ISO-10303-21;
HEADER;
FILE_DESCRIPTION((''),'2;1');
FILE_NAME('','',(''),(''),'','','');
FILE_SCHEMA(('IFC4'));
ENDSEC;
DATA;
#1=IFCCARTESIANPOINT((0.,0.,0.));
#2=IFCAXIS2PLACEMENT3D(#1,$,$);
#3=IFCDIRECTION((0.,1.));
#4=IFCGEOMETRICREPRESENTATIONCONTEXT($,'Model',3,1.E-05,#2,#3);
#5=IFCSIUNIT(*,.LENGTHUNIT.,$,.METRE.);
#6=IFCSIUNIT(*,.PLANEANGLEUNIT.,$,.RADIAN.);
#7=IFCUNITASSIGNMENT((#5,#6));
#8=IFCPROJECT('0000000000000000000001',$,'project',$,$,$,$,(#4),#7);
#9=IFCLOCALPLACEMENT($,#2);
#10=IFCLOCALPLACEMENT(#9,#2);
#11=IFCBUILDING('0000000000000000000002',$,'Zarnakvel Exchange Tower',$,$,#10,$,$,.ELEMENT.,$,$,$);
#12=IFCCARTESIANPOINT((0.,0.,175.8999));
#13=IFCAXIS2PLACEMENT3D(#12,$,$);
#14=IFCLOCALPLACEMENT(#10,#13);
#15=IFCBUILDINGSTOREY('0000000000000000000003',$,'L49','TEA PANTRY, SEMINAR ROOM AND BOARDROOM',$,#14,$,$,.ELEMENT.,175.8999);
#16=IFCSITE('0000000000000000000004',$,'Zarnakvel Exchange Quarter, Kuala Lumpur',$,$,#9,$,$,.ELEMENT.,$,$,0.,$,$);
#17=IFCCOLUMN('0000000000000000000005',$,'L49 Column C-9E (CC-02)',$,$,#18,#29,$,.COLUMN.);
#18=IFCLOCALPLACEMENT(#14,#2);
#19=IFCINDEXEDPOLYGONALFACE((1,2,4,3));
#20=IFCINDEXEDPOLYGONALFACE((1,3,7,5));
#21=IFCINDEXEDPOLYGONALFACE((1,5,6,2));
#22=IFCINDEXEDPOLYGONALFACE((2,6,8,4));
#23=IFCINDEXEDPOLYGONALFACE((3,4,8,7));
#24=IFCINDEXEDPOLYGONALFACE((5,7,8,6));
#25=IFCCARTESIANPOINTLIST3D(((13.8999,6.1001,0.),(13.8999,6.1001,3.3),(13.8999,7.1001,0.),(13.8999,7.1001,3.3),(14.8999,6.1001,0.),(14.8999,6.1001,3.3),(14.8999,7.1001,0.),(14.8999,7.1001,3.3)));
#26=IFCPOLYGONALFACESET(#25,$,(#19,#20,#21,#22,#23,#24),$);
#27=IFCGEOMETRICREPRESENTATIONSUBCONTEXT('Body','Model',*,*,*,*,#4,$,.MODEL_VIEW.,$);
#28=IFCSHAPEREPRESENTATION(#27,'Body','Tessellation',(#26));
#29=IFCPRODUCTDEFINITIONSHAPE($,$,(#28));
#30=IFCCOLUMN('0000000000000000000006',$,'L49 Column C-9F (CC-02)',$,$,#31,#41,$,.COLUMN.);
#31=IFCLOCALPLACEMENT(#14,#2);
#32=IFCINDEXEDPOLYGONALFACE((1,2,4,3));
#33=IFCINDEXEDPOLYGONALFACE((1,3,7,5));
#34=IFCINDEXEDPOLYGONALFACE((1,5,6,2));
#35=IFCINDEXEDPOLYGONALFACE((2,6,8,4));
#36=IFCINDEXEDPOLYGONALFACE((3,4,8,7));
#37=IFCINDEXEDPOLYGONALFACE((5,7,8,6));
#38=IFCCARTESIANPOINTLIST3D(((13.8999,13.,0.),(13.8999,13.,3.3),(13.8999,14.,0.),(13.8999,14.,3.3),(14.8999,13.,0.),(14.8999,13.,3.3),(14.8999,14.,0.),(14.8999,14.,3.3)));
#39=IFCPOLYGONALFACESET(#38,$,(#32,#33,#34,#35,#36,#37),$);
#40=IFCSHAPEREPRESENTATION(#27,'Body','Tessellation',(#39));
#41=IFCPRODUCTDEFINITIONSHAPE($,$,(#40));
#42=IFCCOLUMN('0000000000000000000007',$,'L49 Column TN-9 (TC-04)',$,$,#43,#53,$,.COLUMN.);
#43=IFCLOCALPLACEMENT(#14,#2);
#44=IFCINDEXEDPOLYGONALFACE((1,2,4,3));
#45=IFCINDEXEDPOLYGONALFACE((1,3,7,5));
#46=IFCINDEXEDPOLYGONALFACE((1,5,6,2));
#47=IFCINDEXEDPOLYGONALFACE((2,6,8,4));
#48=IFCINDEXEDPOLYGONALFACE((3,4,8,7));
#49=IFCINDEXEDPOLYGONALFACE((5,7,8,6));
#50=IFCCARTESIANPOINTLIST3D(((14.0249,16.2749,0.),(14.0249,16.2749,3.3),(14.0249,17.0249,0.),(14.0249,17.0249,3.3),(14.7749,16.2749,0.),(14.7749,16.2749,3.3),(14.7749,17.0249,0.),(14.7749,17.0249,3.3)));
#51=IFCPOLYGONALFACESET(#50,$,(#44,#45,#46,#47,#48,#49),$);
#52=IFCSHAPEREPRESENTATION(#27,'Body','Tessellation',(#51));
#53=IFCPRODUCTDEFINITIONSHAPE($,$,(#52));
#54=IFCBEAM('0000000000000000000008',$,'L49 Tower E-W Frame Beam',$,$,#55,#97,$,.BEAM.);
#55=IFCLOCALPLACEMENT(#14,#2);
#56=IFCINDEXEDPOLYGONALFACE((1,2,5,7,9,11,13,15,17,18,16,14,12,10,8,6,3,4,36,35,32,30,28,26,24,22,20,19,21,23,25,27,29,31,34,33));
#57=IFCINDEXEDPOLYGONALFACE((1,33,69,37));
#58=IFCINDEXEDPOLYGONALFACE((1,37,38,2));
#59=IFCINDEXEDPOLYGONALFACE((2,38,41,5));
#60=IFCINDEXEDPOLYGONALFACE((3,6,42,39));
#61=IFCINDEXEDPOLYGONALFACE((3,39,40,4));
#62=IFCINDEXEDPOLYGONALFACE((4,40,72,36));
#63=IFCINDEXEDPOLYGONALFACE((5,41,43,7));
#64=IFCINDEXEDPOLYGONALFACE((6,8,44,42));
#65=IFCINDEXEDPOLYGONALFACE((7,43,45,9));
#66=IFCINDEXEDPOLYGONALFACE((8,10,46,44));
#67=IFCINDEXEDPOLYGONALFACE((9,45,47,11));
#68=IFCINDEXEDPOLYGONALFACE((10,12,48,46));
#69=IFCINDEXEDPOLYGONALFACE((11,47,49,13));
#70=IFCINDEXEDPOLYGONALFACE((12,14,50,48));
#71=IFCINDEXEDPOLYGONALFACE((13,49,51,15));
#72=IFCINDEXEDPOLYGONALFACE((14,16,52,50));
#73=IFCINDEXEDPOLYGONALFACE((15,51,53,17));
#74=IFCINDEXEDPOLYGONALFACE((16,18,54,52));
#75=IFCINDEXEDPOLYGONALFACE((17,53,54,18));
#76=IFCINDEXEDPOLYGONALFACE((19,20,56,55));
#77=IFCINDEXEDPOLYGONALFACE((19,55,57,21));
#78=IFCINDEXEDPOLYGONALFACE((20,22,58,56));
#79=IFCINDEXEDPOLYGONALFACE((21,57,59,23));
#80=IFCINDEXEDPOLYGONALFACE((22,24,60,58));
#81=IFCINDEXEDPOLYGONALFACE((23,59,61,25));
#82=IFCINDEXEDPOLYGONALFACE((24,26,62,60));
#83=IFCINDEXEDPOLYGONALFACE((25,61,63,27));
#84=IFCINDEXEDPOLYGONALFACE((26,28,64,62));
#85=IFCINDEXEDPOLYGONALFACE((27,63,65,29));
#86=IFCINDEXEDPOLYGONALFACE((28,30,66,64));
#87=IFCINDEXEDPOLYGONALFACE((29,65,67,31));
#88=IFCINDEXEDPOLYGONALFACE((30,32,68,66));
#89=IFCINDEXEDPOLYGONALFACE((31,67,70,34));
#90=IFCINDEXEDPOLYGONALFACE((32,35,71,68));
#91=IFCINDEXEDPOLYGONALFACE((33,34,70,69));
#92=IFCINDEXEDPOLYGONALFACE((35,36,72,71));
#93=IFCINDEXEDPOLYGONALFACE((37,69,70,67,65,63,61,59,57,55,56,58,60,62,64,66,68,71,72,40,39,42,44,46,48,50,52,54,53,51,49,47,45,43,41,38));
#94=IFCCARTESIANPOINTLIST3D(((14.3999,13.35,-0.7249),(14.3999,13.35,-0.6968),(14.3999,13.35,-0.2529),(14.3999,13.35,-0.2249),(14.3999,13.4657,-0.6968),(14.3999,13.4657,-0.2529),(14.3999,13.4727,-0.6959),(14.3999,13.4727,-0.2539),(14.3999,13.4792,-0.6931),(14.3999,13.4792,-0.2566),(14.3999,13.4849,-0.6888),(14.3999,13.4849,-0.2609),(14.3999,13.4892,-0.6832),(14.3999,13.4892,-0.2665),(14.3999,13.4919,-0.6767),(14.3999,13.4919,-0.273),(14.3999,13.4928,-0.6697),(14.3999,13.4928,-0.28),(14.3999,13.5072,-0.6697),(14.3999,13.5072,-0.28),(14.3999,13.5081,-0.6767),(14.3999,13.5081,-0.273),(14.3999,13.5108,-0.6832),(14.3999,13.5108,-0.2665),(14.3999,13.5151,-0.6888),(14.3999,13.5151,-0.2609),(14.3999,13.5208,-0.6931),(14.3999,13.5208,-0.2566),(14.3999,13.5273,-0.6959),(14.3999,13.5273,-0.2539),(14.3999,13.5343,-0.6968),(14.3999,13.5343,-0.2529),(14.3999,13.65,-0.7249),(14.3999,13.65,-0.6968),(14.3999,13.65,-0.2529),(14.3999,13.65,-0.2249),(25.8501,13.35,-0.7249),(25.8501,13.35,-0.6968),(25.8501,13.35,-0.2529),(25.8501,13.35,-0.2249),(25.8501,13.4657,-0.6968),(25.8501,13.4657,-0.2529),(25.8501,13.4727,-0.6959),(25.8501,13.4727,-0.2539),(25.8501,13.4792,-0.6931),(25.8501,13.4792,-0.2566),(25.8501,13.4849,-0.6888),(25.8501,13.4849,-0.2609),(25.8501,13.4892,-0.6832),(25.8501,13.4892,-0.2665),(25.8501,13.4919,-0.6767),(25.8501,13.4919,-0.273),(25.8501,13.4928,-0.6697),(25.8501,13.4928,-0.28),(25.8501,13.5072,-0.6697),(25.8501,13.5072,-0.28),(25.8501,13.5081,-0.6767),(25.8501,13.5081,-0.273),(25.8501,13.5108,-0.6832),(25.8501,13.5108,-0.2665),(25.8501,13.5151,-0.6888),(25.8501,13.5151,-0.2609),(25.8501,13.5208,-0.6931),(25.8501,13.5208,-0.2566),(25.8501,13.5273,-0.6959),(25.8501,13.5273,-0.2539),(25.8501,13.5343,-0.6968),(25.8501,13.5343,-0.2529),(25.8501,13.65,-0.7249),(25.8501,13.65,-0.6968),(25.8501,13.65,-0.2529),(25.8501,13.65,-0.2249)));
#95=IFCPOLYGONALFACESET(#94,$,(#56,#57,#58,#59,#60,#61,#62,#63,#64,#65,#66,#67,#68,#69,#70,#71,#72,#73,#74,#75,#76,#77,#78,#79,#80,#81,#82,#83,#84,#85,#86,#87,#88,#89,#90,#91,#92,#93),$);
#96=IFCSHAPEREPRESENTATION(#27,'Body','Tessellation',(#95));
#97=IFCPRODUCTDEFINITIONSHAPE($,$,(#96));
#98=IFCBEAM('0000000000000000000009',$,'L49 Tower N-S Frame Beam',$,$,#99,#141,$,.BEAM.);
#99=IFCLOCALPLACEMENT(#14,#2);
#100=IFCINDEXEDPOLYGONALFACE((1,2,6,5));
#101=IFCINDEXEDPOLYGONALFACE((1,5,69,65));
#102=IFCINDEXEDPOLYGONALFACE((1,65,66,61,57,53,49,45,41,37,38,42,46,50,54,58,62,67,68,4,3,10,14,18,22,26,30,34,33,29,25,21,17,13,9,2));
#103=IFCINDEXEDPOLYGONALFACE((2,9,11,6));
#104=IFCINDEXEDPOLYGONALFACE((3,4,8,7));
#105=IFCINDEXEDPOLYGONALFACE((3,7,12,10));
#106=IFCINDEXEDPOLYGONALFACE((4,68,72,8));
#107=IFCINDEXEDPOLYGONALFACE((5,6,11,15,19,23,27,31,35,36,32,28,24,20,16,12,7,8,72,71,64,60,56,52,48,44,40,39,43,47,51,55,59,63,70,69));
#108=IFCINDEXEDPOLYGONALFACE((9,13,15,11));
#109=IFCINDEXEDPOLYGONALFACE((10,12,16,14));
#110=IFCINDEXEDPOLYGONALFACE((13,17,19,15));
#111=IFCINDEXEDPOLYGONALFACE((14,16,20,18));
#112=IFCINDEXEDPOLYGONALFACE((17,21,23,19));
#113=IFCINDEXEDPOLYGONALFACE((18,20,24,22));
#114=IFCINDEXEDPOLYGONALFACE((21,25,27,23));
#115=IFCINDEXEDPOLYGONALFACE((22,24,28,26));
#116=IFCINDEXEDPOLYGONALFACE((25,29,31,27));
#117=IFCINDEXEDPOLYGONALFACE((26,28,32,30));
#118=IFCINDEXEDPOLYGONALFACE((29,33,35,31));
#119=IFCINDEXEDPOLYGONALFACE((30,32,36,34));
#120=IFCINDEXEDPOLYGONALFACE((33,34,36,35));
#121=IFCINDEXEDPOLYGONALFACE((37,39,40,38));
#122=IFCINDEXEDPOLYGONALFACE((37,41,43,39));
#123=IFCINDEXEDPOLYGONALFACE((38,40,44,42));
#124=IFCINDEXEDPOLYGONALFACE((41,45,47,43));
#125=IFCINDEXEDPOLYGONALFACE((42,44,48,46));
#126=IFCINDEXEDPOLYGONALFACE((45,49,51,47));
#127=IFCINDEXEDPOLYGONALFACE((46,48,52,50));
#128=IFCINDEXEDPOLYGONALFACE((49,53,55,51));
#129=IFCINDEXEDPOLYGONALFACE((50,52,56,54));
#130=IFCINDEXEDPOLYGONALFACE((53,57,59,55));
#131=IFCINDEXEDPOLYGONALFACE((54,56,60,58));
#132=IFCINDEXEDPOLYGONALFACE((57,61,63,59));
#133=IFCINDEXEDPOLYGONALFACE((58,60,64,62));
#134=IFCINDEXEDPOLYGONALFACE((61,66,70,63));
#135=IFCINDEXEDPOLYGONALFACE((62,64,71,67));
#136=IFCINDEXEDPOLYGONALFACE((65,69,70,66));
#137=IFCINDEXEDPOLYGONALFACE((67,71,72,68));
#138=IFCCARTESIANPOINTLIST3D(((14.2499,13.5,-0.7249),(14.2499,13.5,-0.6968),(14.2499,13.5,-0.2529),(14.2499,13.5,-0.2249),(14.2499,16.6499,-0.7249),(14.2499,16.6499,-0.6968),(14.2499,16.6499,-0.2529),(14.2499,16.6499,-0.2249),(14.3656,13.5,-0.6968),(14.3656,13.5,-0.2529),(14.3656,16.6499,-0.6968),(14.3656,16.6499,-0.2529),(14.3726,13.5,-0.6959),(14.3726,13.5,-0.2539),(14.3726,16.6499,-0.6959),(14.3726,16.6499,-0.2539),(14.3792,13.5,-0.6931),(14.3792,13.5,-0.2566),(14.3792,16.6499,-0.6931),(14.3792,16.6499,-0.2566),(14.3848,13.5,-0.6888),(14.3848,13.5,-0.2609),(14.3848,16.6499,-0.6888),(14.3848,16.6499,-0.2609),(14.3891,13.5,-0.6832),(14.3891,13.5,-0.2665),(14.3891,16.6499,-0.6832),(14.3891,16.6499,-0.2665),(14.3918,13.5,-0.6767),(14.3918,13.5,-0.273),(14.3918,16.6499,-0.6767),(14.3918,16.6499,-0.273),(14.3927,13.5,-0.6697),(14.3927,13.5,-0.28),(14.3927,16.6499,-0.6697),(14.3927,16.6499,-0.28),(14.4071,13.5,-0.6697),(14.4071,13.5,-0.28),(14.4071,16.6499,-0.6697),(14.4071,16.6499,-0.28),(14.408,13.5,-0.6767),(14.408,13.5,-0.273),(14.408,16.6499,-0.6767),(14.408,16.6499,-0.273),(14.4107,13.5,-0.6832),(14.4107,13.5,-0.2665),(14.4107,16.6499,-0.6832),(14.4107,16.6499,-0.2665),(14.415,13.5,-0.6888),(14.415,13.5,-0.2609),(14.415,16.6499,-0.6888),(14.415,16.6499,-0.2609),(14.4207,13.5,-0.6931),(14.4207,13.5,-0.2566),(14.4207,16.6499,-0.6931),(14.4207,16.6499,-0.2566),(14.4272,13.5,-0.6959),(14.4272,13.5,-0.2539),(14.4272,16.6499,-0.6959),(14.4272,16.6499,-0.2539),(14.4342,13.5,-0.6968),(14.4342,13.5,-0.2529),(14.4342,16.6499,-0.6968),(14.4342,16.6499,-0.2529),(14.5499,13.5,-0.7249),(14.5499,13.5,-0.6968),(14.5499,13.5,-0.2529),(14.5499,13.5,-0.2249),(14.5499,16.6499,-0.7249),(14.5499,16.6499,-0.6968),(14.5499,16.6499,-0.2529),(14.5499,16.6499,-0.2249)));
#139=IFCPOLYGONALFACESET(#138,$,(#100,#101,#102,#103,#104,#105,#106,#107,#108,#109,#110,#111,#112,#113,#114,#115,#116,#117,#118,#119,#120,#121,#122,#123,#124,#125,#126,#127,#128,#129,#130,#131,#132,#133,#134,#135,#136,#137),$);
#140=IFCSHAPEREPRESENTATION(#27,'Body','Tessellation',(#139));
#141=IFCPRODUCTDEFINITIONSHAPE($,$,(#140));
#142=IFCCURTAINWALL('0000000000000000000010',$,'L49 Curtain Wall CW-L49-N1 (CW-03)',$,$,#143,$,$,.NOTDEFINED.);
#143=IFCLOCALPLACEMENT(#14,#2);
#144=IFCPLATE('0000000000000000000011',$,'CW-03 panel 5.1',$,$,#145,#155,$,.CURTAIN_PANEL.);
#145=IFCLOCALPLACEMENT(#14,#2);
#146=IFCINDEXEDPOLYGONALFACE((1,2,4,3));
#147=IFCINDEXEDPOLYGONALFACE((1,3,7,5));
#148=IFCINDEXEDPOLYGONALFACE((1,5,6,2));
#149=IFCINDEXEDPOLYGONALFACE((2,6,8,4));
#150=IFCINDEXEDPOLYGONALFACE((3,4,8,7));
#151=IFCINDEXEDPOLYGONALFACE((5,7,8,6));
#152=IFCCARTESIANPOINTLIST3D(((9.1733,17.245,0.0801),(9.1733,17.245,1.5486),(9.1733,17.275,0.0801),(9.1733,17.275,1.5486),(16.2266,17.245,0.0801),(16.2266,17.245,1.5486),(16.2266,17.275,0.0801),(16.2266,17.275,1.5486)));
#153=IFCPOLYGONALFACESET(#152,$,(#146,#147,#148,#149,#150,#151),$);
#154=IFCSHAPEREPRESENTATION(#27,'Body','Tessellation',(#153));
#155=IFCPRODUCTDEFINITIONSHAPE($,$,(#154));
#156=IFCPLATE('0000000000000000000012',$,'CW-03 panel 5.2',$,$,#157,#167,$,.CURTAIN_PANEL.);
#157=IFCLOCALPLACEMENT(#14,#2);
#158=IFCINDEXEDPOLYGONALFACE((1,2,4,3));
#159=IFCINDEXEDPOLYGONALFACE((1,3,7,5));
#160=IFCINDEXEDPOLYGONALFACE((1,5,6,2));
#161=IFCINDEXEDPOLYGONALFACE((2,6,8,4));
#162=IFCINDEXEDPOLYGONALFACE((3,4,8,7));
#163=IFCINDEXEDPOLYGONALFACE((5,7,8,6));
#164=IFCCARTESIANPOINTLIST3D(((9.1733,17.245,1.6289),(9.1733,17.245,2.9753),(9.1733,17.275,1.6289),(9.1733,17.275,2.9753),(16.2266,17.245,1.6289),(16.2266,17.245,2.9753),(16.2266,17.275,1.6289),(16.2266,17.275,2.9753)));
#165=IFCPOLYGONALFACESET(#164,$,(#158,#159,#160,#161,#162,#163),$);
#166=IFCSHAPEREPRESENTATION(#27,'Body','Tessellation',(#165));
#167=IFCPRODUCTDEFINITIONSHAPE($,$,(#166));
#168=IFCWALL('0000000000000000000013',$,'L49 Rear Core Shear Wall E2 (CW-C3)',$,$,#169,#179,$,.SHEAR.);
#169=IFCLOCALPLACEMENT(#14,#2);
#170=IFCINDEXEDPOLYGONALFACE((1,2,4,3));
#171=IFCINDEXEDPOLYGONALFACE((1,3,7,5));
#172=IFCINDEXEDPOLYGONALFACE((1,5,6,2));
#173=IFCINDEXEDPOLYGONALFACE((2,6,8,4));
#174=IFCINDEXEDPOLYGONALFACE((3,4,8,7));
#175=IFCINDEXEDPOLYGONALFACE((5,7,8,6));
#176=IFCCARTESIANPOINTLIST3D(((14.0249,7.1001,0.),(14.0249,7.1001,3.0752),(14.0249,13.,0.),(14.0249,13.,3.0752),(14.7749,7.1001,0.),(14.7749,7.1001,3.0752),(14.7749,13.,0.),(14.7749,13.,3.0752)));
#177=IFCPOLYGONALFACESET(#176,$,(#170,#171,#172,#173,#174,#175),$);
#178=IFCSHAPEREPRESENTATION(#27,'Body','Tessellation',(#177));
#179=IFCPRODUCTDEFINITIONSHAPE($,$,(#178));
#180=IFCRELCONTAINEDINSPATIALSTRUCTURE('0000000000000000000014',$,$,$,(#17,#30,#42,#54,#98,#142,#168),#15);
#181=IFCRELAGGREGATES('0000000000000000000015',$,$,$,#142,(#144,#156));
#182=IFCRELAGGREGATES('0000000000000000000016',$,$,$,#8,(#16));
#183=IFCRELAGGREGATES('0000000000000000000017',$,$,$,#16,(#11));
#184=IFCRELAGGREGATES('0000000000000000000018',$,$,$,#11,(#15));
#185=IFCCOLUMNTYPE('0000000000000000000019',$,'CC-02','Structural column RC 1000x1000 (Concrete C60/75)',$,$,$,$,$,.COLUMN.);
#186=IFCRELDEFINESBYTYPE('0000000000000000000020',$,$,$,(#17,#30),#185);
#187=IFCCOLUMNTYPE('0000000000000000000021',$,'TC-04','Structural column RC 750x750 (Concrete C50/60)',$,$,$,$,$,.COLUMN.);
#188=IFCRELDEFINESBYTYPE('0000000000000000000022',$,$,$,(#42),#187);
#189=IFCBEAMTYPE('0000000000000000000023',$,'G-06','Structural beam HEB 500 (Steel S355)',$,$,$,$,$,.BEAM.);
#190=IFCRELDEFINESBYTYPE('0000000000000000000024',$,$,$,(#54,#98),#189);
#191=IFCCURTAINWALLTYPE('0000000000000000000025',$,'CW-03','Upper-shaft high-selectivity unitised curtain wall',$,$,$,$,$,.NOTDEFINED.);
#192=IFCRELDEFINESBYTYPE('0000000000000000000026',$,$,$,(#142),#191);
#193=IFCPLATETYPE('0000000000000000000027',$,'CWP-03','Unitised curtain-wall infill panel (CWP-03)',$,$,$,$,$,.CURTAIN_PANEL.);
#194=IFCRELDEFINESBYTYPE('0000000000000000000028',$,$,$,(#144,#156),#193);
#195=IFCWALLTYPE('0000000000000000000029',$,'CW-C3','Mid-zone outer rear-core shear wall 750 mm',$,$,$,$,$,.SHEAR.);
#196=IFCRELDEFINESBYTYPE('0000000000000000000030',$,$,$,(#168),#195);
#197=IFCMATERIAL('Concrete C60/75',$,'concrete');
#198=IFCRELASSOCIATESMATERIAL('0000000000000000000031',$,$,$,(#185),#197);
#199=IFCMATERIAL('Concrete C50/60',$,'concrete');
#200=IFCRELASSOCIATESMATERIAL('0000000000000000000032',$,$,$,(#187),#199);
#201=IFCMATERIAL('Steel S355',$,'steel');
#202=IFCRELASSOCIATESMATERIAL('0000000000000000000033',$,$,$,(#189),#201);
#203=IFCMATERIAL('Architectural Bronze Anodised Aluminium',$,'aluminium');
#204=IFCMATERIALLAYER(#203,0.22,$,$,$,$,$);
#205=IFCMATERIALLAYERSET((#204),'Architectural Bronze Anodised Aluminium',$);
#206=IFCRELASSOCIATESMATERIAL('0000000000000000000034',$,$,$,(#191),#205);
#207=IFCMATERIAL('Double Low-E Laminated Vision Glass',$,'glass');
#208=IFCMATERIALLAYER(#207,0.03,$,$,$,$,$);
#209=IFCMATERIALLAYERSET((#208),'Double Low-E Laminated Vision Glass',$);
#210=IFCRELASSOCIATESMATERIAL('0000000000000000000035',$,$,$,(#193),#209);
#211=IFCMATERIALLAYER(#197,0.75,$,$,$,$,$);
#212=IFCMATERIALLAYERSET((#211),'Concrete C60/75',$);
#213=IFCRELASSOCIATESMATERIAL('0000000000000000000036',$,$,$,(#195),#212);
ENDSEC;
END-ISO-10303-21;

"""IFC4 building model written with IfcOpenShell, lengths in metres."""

from ifc_helpers import new_model, si_unit, direction, frame, frame_2d, origin, origin_2d, place, context, subcontext, project, spatial, rectangle, i_section, extrude, source, transform, mapped, material, layer, layer_set, material_profile, profile_set, type_object, element, aggregate, save


model = new_model("IFC4")

# Units and contexts
model_context = context("Model", 3, precision=1e-05, world=origin(), true_north=direction((0.0, 1.0)))
body_context = subcontext(model_context, "Body", "Model", "MODEL_VIEW")
ifc_project = project(units=[si_unit("LENGTHUNIT", "METRE"), si_unit("PLANEANGLEUNIT", "RADIAN")], contexts=[model_context])

# Site, building, storey
site_placement = place(None, origin())
site = spatial("IfcSite", under=ifc_project, at=site_placement, Name="Zarnakvel Exchange Quarter, Kuala Lumpur", CompositionType="ELEMENT", RefElevation=0.0)
building_placement = place(site_placement, origin())
building = spatial("IfcBuilding", under=site, at=building_placement, Name="Zarnakvel Exchange Tower", CompositionType="ELEMENT")
storey_placement = place(building_placement, frame((0.0, 0.0, 175.8999)))
storey = spatial("IfcBuildingStorey", under=building, at=storey_placement, Name="L49", Description="TEA PANTRY, SEMINAR ROOM AND BOARDROOM", CompositionType="ELEMENT", Elevation=175.8999)

# Columns
ifc_material_1 = material(Name="Concrete C60/75", Category="concrete")
ifc_material_profile_1 = material_profile(ifc_material_1, rectangle(XDim=1.0, YDim=1.0, at=origin_2d()))
ifc_profile_set_1 = profile_set([ifc_material_profile_1], Name="Concrete C60/75")
column_type_1 = type_object("IfcColumnType", Name="CC-02", Description="Structural column RC 1000x1000 (Concrete C60/75)", PredefinedType="COLUMN", material=ifc_profile_set_1)
for number, where, z_axis, x_axis, name in (
    (1, (14.3999, 6.6001, 0.0), (0.0, 0.0, 1.0), (1.0, 0.0, 0.0), "L49 Column C-9E (CC-02)"),
    (2, (14.3999, 13.5, 0.0), (0.0, 0.0, 1.0), (1.0, 0.0, 0.0), "L49 Column C-9F (CC-02)"),
):
    element("IfcColumn", number, at=place(storey_placement, frame(where, z_axis=z_axis, x_axis=x_axis)), inside=storey, type_object=column_type_1, Name=name, PredefinedType="COLUMN", context=body_context, shape_type="SweptSolid", body=[
        extrude(rectangle(XDim=1.0, YDim=1.0, at=origin_2d()), origin(), (0.0, 0.0, 1.0), 3.3),
    ])
ifc_material_2 = material(Name="Concrete C50/60", Category="concrete")
ifc_material_profile_2 = material_profile(ifc_material_2, rectangle(XDim=0.75, YDim=0.75, at=origin_2d()))
ifc_profile_set_2 = profile_set([ifc_material_profile_2], Name="Concrete C50/60")
column_type_2 = type_object("IfcColumnType", Name="TC-04", Description="Structural column RC 750x750 (Concrete C50/60)", PredefinedType="COLUMN", material=ifc_profile_set_2)
column_placement = place(storey_placement, frame((14.3999, 16.6499, 0.0), z_axis=(0.0, 0.0, 1.0), x_axis=(1.0, 0.0, 0.0)))
element("IfcColumn", 3, at=column_placement, inside=storey, type_object=column_type_2, Name="L49 Column TN-9 (TC-04)", PredefinedType="COLUMN", context=body_context, shape_type="SweptSolid", body=[
    extrude(rectangle(XDim=0.75, YDim=0.75, at=origin_2d()), origin(), (0.0, 0.0, 1.0), 3.3),
])

# Beams
ifc_material_3 = material(Name="Steel S355", Category="steel")
ifc_material_profile_3 = material_profile(ifc_material_3, i_section(OverallWidth=0.3, OverallDepth=0.5, WebThickness=0.0144, FlangeThickness=0.0281, FilletRadius=0.0271, at=origin_2d()))
ifc_profile_set_3 = profile_set([ifc_material_profile_3], Name="Steel S355")
beam_type = type_object("IfcBeamType", Name="G-06", Description="Structural beam HEB 500 (Steel S355)", PredefinedType="BEAM", material=ifc_profile_set_3)
beam_1_placement = place(storey_placement, frame((14.3999, 13.5, -0.4749), z_axis=(1.0, 0.0, 0.0), x_axis=(0.0, 1.0, 0.0)))
element("IfcBeam", 4, at=beam_1_placement, inside=storey, type_object=beam_type, Name="L49 Tower E-W Frame Beam", PredefinedType="BEAM", context=body_context, shape_type="SweptSolid", body=[
    extrude(i_section(OverallWidth=0.3, OverallDepth=0.5, WebThickness=0.0144, FlangeThickness=0.0281, FilletRadius=0.0271, at=origin_2d()), origin(), (0.0, 0.0, 1.0), 11.4502),
])
beam_2_placement = place(storey_placement, frame((14.3999, 13.5, -0.4749), z_axis=(0.0, 1.0, 0.0), x_axis=(-1.0, 0.0, 0.0)))
element("IfcBeam", 5, at=beam_2_placement, inside=storey, type_object=beam_type, Name="L49 Tower N-S Frame Beam", PredefinedType="BEAM", context=body_context, shape_type="SweptSolid", body=[
    extrude(i_section(OverallWidth=0.3, OverallDepth=0.5, WebThickness=0.0144, FlangeThickness=0.0281, FilletRadius=0.0271, at=origin_2d()), origin(), (0.0, 0.0, 1.0), 3.1499),
])

# Curtain wall, plates
ifc_material_4 = material(Name="Architectural Bronze Anodised Aluminium", Category="aluminium")
ifc_layer_1 = layer(ifc_material_4, 0.22)
ifc_layer_set_1 = layer_set([ifc_layer_1], Name="Architectural Bronze Anodised Aluminium")
curtain_wall_type = type_object("IfcCurtainWallType", Name="CW-03", Description="Upper-shaft high-selectivity unitised curtain wall", PredefinedType="NOTDEFINED", material=ifc_layer_set_1)
curtain_wall_placement = place(storey_placement, origin())
curtain_wall = element("IfcCurtainWall", 6, at=curtain_wall_placement, inside=storey, type_object=curtain_wall_type, Name="L49 Curtain Wall CW-L49-N1 (CW-03)", PredefinedType="NOTDEFINED")
ifc_material_5 = material(Name="Double Low-E Laminated Vision Glass", Category="glass")
ifc_layer_2 = layer(ifc_material_5, 0.03)
ifc_layer_set_2 = layer_set([ifc_layer_2], Name="Double Low-E Laminated Vision Glass")
plate_type = type_object("IfcPlateType", Name="CWP-03", Description="Unitised curtain-wall infill panel (CWP-03)", PredefinedType="CURTAIN_PANEL", material=ifc_layer_set_2)
shared_shape_1 = source(origin(), body_context, "Body", "SweptSolid", [
    extrude(rectangle(XDim=7.0532, YDim=0.03, at=origin_2d()), origin(), (0.0, 0.0, 1.0), 1.4685),
])
plate_1_placement = place(storey_placement, frame((12.7, 17.26, 0.0801), z_axis=(0.0, 0.0, 1.0), x_axis=(1.0, 0.0, 0.0)))
plate_1 = element("IfcPlate", 7, at=plate_1_placement, type_object=plate_type, Name="CW-03 panel 5.1", PredefinedType="CURTAIN_PANEL", context=body_context, shape_type="MappedRepresentation", body=[
    mapped(shared_shape_1, transform((0.0, 0.0, 0.0), x_axis=(1.0, 0.0, 0.0), y_axis=(0.0, 1.0, 0.0), z_axis=(0.0, 0.0, 1.0), scale=1.0)),
])
shared_shape_2 = source(origin(), body_context, "Body", "SweptSolid", [
    extrude(rectangle(XDim=7.0532, YDim=0.03, at=origin_2d()), origin(), (0.0, 0.0, 1.0), 1.3464),
])
plate_2_placement = place(storey_placement, frame((12.7, 17.26, 1.6289), z_axis=(0.0, 0.0, 1.0), x_axis=(1.0, 0.0, 0.0)))
plate_2 = element("IfcPlate", 8, at=plate_2_placement, type_object=plate_type, Name="CW-03 panel 5.2", PredefinedType="CURTAIN_PANEL", context=body_context, shape_type="MappedRepresentation", body=[
    mapped(shared_shape_2, transform((0.0, 0.0, 0.0), x_axis=(1.0, 0.0, 0.0), y_axis=(0.0, 1.0, 0.0), z_axis=(0.0, 0.0, 1.0), scale=1.0)),
])
aggregate(curtain_wall, [plate_1, plate_2])

# Wall
ifc_layer_3 = layer(ifc_material_1, 0.75)
ifc_layer_set_3 = layer_set([ifc_layer_3], Name="Concrete C60/75")
wall_type_1 = type_object("IfcWallType", Name="CW-C3", Description="Mid-zone outer rear-core shear wall 750 mm", PredefinedType="SHEAR", material=ifc_layer_set_3)
wall_1_placement = place(storey_placement, frame((14.3999, 7.1001, 0.0), z_axis=(0.0, 0.0, 1.0), x_axis=(0.0, 1.0, 0.0)))
element("IfcWall", 9, at=wall_1_placement, inside=storey, type_object=wall_type_1, Name="L49 Rear Core Shear Wall E2 (CW-C3)", PredefinedType="SHEAR", context=body_context, shape_type="SweptSolid", body=[
    extrude(rectangle(XDim=5.8999, YDim=0.75, at=frame_2d((2.95, 0.0))), origin(), (0.0, 0.0, 1.0), 3.0752),
])

save(model, "model.ifc")
